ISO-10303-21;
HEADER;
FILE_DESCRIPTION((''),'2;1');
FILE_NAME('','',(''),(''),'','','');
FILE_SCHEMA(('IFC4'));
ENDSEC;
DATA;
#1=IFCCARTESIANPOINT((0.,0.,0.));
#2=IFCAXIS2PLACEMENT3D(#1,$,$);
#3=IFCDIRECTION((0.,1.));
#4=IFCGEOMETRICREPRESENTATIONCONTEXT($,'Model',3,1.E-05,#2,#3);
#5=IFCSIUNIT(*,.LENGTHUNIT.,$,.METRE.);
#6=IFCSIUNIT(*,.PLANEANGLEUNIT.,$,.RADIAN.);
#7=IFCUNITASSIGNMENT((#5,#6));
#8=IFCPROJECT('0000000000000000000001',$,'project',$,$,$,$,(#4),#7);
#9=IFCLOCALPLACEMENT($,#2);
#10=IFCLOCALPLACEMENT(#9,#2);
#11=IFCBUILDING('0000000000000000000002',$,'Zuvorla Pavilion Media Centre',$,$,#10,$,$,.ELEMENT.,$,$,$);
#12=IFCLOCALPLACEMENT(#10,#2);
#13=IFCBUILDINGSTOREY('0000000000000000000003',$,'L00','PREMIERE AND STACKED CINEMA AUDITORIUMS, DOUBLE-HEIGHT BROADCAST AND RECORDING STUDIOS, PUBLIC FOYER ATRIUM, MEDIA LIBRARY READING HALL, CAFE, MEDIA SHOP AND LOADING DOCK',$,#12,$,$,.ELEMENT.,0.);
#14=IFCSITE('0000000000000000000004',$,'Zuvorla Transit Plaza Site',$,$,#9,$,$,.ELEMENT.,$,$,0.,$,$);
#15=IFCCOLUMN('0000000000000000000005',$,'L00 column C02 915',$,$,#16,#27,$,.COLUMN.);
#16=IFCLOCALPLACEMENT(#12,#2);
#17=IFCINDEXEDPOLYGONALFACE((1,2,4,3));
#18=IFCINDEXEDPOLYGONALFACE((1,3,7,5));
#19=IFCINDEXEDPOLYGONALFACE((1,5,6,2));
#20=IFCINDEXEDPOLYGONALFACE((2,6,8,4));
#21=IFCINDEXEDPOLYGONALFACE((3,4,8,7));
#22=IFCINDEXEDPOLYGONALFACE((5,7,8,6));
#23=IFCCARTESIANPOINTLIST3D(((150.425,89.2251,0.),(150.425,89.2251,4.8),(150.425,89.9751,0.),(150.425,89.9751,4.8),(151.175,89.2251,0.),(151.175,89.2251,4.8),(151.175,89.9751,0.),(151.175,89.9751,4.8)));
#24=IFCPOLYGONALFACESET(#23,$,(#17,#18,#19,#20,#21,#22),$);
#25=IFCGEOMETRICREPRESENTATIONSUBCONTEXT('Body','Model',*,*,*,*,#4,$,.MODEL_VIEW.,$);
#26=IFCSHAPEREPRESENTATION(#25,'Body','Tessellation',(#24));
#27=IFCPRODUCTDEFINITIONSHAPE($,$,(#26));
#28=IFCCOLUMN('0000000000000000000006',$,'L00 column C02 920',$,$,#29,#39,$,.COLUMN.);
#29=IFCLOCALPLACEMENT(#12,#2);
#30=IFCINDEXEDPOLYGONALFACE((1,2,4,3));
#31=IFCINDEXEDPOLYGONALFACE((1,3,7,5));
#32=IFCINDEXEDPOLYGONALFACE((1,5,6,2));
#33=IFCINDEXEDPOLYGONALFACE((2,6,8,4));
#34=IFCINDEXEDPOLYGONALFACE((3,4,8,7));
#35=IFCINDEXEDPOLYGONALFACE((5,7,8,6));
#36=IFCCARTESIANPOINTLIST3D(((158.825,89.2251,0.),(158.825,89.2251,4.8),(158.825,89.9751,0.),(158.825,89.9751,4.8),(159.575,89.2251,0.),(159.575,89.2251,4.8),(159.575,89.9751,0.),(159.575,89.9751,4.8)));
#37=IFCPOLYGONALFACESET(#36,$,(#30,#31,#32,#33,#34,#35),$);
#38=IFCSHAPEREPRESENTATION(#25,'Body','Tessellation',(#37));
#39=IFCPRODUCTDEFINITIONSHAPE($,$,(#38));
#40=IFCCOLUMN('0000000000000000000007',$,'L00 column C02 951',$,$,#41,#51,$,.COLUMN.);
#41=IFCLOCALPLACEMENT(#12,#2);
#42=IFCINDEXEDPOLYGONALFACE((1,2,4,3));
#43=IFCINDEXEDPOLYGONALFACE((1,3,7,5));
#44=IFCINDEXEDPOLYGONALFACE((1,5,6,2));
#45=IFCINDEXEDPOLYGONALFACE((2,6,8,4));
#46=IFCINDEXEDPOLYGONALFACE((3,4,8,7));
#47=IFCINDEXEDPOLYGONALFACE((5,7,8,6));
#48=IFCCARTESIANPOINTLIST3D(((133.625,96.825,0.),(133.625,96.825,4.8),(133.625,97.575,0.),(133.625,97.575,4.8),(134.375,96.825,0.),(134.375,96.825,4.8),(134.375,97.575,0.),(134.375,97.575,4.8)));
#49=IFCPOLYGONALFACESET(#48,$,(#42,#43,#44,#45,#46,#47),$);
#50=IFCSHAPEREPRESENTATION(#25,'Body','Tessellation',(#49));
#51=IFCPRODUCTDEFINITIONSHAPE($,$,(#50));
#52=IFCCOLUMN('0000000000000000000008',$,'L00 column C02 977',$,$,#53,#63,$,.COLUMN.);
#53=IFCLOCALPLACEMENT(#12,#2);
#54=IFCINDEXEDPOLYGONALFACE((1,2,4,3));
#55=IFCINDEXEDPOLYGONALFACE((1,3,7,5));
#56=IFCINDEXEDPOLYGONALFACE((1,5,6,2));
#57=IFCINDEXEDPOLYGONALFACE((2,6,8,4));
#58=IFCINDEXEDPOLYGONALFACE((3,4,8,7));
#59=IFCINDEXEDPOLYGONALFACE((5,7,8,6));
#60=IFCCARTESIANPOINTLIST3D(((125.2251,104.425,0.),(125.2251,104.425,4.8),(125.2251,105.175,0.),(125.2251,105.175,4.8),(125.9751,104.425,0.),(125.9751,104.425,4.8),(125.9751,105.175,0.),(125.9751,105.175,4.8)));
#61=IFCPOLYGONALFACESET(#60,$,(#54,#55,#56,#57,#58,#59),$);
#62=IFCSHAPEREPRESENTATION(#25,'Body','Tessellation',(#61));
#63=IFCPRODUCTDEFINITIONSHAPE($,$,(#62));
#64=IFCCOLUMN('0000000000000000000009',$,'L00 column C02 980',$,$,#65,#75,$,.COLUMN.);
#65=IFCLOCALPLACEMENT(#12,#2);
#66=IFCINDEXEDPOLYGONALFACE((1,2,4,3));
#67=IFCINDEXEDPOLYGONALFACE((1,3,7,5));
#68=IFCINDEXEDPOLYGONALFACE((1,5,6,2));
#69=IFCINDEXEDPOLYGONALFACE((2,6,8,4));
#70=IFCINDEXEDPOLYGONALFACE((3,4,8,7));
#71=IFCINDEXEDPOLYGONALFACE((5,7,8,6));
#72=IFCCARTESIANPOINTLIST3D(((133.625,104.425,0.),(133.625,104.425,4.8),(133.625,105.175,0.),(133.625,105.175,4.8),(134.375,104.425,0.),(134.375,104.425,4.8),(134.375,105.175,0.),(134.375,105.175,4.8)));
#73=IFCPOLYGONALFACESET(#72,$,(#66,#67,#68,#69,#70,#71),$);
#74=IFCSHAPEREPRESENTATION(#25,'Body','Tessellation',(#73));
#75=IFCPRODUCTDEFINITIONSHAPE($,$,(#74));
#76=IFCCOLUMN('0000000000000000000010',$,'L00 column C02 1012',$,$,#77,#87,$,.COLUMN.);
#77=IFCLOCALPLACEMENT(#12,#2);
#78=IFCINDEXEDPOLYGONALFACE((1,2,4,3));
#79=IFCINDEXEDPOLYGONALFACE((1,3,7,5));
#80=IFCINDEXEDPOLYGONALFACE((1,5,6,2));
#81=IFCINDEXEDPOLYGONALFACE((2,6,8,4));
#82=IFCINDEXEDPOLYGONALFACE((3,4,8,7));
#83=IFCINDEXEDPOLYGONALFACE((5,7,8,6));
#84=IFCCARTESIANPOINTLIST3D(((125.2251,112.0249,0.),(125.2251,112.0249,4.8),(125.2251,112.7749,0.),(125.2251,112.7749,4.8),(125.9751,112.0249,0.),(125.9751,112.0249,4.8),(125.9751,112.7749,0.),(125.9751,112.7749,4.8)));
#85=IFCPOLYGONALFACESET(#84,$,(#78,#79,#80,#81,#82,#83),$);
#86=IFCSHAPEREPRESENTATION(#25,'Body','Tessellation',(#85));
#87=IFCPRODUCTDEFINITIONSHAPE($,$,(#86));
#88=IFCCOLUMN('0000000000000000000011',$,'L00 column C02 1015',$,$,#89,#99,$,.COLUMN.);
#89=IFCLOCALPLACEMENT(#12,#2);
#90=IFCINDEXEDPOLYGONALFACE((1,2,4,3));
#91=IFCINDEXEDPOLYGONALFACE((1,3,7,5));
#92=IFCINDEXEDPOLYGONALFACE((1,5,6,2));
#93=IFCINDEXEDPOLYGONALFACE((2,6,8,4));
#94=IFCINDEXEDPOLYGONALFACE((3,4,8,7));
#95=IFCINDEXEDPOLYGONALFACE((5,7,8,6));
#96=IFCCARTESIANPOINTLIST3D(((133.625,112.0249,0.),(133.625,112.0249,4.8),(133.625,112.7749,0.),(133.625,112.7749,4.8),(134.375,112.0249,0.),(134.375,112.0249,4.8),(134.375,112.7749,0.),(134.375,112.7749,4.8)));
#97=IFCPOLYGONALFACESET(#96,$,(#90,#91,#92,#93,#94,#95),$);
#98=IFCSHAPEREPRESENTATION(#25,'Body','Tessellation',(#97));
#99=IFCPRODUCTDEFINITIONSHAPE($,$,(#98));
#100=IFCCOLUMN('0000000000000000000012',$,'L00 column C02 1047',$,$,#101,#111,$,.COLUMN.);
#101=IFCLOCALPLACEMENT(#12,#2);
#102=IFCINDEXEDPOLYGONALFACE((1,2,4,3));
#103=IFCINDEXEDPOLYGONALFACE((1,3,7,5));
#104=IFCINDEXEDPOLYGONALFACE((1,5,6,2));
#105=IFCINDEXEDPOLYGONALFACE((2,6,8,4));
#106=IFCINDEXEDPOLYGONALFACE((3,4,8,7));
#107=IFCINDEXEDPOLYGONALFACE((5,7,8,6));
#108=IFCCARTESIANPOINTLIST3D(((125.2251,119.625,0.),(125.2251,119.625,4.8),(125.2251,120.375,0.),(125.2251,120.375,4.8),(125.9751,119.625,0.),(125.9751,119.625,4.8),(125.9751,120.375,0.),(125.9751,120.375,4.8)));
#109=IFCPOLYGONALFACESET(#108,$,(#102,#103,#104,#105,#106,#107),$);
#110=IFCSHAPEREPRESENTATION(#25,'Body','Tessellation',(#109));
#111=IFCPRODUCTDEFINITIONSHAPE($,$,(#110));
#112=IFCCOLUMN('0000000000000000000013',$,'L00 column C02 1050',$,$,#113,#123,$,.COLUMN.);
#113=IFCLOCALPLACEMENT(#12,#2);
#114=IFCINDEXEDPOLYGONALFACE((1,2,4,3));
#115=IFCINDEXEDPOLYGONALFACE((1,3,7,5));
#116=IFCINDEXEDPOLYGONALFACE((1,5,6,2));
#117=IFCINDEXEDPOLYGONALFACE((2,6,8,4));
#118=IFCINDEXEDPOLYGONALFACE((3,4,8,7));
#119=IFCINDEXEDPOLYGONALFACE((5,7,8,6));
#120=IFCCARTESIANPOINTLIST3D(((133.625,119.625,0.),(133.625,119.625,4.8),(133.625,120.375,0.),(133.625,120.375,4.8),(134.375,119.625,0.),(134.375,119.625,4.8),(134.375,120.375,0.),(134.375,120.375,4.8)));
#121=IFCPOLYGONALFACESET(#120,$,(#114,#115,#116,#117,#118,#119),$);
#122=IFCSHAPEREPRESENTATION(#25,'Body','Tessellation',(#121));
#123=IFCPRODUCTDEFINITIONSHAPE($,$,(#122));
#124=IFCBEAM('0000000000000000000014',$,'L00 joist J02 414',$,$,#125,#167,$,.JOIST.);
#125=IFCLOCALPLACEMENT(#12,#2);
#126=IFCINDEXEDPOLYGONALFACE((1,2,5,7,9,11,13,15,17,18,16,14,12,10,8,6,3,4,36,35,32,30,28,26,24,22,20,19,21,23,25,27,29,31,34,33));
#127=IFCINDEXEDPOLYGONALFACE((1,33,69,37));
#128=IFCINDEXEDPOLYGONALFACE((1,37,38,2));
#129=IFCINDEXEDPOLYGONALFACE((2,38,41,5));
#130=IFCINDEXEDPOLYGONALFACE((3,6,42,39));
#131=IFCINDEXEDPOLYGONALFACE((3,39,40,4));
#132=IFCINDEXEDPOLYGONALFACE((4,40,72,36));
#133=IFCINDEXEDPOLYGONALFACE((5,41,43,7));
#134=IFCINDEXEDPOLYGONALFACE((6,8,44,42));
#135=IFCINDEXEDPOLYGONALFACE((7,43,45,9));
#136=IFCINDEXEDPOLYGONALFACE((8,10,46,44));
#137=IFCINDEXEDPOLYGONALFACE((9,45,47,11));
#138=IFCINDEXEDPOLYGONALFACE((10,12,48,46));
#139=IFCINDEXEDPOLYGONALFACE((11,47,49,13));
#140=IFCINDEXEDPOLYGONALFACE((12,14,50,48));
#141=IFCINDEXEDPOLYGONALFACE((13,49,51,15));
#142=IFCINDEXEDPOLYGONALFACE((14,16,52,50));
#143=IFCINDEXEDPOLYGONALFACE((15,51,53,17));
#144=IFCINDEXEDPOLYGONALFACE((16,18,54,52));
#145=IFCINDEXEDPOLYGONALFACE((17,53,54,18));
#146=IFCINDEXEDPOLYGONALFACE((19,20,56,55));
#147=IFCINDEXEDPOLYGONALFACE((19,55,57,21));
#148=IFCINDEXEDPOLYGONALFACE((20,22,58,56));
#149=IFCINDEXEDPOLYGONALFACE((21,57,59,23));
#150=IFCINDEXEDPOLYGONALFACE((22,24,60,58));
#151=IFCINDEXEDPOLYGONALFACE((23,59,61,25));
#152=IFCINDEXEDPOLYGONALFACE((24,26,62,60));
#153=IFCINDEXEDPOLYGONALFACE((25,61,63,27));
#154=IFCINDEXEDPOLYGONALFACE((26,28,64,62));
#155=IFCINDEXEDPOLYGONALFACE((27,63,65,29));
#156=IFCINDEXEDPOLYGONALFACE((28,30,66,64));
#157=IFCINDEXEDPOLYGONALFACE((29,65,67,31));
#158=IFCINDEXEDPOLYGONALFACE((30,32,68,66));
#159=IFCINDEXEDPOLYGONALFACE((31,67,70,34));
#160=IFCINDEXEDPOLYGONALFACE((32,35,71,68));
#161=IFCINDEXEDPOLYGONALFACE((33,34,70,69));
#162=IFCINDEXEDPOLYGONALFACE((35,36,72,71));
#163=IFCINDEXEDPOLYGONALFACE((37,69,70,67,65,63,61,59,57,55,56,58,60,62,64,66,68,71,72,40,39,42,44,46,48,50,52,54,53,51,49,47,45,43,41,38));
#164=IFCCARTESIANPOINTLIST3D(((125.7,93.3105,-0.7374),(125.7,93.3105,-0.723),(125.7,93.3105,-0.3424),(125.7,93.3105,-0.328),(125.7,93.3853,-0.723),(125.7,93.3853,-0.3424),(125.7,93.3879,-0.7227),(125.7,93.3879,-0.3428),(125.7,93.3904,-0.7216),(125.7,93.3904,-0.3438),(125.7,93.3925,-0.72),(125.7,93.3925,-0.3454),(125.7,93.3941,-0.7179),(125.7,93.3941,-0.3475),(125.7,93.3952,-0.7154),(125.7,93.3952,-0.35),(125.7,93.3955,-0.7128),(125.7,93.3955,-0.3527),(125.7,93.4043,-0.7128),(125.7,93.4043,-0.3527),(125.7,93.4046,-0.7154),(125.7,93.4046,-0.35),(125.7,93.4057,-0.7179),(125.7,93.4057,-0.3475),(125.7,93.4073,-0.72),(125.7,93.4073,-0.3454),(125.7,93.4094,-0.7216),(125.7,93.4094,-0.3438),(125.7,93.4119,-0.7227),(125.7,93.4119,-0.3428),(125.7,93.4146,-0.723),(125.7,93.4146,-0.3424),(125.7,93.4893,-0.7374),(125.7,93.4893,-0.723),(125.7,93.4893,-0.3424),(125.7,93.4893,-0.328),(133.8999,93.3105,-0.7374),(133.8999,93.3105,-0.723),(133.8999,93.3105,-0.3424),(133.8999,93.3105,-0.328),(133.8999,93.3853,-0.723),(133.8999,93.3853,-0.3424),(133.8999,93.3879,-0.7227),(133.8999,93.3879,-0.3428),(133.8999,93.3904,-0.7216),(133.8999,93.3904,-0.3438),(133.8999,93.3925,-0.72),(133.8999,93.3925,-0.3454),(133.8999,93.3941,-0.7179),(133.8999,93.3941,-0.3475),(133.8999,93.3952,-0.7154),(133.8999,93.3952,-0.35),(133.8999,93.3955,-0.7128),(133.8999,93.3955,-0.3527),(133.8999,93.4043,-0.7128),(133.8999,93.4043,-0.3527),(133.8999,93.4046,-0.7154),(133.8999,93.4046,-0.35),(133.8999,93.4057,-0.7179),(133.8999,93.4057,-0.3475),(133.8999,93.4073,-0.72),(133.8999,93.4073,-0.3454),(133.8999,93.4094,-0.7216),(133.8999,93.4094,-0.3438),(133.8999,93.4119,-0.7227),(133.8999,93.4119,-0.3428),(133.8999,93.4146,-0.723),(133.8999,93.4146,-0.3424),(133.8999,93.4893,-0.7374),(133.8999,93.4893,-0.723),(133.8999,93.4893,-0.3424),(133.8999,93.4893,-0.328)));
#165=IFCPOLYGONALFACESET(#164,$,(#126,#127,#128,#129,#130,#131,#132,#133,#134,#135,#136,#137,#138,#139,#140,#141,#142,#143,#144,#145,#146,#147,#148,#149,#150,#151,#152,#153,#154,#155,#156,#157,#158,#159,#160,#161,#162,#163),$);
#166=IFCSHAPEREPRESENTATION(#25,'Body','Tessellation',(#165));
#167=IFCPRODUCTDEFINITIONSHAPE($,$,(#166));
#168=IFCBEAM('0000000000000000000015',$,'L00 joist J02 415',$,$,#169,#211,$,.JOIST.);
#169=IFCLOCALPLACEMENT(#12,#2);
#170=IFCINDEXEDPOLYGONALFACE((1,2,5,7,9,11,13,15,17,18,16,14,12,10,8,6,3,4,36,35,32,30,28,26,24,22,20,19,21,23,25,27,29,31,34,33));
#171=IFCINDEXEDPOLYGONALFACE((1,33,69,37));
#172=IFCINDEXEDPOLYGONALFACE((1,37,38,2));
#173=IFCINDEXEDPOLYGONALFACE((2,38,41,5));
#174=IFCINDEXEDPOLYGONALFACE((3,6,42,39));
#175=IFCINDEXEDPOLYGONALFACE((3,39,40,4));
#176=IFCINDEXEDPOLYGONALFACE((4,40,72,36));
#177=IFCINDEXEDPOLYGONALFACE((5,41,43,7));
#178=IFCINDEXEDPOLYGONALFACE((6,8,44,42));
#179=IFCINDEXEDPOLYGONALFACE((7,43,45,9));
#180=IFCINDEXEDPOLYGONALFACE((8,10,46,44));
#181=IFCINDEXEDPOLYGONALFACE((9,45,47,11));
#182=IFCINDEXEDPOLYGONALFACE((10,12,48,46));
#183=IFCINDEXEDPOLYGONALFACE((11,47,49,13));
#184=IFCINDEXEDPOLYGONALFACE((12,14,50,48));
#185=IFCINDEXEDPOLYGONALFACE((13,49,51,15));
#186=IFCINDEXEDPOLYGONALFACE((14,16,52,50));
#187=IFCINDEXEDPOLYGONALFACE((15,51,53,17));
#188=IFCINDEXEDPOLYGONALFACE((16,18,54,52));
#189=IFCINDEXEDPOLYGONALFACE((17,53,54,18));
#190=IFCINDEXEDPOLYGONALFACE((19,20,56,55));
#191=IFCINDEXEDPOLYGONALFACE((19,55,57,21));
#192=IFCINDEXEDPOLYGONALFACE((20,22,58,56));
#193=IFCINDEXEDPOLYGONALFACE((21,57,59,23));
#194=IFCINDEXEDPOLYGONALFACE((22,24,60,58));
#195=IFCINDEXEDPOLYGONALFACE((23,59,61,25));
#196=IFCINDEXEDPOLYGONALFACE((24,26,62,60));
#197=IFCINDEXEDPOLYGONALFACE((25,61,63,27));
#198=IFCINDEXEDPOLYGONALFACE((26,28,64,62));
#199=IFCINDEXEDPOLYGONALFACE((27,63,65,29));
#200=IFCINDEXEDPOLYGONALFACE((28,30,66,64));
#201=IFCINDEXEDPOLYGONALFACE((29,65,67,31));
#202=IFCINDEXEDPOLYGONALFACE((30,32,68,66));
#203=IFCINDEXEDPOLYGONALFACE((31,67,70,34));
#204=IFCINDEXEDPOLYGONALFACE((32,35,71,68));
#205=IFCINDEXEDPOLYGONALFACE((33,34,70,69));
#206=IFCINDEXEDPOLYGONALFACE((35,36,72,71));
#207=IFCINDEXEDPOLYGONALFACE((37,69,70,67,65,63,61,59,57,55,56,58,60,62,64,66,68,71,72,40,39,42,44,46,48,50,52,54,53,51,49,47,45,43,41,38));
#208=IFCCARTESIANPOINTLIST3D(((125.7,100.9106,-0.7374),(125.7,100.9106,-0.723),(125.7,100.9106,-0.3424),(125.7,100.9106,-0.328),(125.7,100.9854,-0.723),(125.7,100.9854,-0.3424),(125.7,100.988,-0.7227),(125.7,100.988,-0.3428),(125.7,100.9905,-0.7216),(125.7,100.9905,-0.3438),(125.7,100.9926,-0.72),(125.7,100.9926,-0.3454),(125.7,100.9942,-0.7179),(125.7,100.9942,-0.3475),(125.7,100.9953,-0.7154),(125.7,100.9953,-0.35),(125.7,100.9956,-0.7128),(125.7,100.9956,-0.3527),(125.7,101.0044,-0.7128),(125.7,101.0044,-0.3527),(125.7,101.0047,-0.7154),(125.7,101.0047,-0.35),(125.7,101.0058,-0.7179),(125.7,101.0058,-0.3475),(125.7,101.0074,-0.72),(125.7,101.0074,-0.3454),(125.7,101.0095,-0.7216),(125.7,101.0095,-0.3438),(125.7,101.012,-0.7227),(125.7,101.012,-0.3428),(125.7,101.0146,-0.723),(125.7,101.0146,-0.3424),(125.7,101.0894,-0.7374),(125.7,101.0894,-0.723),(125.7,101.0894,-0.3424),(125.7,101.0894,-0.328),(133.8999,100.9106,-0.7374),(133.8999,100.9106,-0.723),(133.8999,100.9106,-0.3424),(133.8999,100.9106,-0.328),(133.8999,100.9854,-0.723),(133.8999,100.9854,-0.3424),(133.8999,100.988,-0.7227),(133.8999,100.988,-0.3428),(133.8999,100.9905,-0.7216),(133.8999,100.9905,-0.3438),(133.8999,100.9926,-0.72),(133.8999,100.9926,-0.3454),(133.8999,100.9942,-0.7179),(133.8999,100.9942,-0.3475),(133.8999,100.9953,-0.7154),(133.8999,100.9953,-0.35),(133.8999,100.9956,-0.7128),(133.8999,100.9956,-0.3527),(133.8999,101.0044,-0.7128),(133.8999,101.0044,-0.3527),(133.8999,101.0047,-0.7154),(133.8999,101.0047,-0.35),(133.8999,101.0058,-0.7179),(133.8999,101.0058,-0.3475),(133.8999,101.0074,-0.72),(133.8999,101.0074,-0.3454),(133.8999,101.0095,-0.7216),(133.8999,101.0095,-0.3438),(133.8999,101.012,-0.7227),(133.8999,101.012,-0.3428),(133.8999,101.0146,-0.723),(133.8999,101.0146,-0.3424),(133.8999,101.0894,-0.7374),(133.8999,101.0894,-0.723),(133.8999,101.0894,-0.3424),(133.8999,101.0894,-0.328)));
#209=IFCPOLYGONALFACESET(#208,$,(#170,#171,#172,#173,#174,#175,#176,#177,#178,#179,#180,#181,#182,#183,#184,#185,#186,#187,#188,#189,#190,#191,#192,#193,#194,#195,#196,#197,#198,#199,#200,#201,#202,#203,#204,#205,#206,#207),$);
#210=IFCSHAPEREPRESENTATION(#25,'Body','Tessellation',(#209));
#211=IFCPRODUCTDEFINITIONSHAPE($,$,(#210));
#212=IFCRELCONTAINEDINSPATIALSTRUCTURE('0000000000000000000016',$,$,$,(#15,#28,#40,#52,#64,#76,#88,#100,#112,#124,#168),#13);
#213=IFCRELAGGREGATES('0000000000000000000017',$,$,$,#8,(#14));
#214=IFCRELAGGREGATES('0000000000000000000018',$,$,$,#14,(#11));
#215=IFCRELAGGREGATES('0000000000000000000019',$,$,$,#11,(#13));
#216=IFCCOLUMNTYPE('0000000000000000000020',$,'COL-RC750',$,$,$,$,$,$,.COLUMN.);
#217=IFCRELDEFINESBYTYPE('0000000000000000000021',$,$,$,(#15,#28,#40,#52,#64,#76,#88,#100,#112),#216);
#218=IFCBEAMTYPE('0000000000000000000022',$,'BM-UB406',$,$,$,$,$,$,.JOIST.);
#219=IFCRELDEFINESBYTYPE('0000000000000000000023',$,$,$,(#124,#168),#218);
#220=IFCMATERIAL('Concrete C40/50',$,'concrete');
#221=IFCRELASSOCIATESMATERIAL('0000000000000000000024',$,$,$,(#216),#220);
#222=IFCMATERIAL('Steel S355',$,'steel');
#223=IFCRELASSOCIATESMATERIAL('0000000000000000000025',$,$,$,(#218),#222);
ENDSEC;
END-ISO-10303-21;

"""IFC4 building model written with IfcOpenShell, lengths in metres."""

from ifc_helpers import new_model, si_unit, direction, frame, origin, origin_2d, place, context, subcontext, project, spatial, rectangle, i_section, extrude, material, material_profile, profile_set, type_object, element, save


model = new_model("IFC4")

# Units and contexts
model_context = context("Model", 3, precision=1e-05, world=origin(), true_north=direction((0.0, 1.0)))
body_context = subcontext(model_context, "Body", "Model", "MODEL_VIEW")
ifc_project = project(units=[si_unit("LENGTHUNIT", "METRE"), si_unit("PLANEANGLEUNIT", "RADIAN")], contexts=[model_context])

# Site, building, storey
site_placement = place(None, origin())
site = spatial("IfcSite", under=ifc_project, at=site_placement, Name="Zuvorla Transit Plaza Site", CompositionType="ELEMENT", RefElevation=0.0)
building_placement = place(site_placement, origin())
building = spatial("IfcBuilding", under=site, at=building_placement, Name="Zuvorla Pavilion Media Centre", CompositionType="ELEMENT")
storey_placement = place(building_placement, origin())
storey = spatial("IfcBuildingStorey", under=building, at=storey_placement, Name="L00", Description="PREMIERE AND STACKED CINEMA AUDITORIUMS, DOUBLE-HEIGHT BROADCAST AND RECORDING STUDIOS, PUBLIC FOYER ATRIUM, MEDIA LIBRARY READING HALL, CAFE, MEDIA SHOP AND LOADING DOCK", CompositionType="ELEMENT", Elevation=0.0)

# Columns
ifc_material_1 = material(Name="Concrete C40/50", Category="concrete")
ifc_material_profile_1 = material_profile(ifc_material_1, rectangle(XDim=0.75, YDim=0.75, at=origin_2d()), Name="RC 750x750")
ifc_profile_set_1 = profile_set([ifc_material_profile_1], Name="Concrete C40/50")
column_type = type_object("IfcColumnType", Name="COL-RC750", PredefinedType="COLUMN", material=ifc_profile_set_1)
for number, where, z_axis, x_axis, name in (
    (1, (150.8, 89.6001, 0.0), (0.0, 0.0, 1.0), (1.0, 0.0, 0.0), "L00 column C02 915"),
    (2, (159.2, 89.6001, 0.0), (0.0, 0.0, 1.0), (1.0, 0.0, 0.0), "L00 column C02 920"),
    (3, (134.0, 97.2, 0.0), (0.0, 0.0, 1.0), (1.0, 0.0, 0.0), "L00 column C02 951"),
    (4, (125.6001, 104.8, 0.0), (0.0, 0.0, 1.0), (1.0, 0.0, 0.0), "L00 column C02 977"),
    (5, (134.0, 104.8, 0.0), (0.0, 0.0, 1.0), (1.0, 0.0, 0.0), "L00 column C02 980"),
    (6, (125.6001, 112.3999, 0.0), (0.0, 0.0, 1.0), (1.0, 0.0, 0.0), "L00 column C02 1012"),
    (7, (134.0, 112.3999, 0.0), (0.0, 0.0, 1.0), (1.0, 0.0, 0.0), "L00 column C02 1015"),
    (8, (125.6001, 120.0, 0.0), (0.0, 0.0, 1.0), (1.0, 0.0, 0.0), "L00 column C02 1047"),
    (9, (134.0, 120.0, 0.0), (0.0, 0.0, 1.0), (1.0, 0.0, 0.0), "L00 column C02 1050"),
):
    element("IfcColumn", number, at=place(storey_placement, frame(where, z_axis=z_axis, x_axis=x_axis)), inside=storey, type_object=column_type, Name=name, PredefinedType="COLUMN", context=body_context, shape_type="SweptSolid", body=[
        extrude(rectangle(XDim=0.75, YDim=0.75, at=origin_2d()), origin(), (0.0, 0.0, 1.0), 4.8),
    ])

# Beams
ifc_material_2 = material(Name="Steel S355", Category="steel")
ifc_material_profile_2 = material_profile(ifc_material_2, i_section(OverallWidth=0.1787, OverallDepth=0.4094, WebThickness=0.0088, FlangeThickness=0.0144, FilletRadius=0.0103, at=origin_2d()), Name="UB 406x178x67")
ifc_profile_set_2 = profile_set([ifc_material_profile_2], Name="Steel S355")
beam_type_1 = type_object("IfcBeamType", Name="BM-UB406", PredefinedType="JOIST", material=ifc_profile_set_2)
for number, where, z_axis, x_axis, name in (
    (10, (125.7, 93.3999, -0.5327), (1.0, 0.0, 0.0), (0.0, 1.0, 0.0), "L00 joist J02 414"),
    (11, (125.7, 101.0, -0.5327), (1.0, 0.0, 0.0), (0.0, 1.0, 0.0), "L00 joist J02 415"),
):
    element("IfcBeam", number, at=place(storey_placement, frame(where, z_axis=z_axis, x_axis=x_axis)), inside=storey, type_object=beam_type_1, Name=name, PredefinedType="JOIST", context=body_context, shape_type="SweptSolid", body=[
        extrude(i_section(OverallWidth=0.1787, OverallDepth=0.4094, WebThickness=0.0088, FlangeThickness=0.0144, FilletRadius=0.0103, at=origin_2d()), origin(), (0.0, 0.0, 1.0), 8.2),
    ])

save(model, "model.ifc")
